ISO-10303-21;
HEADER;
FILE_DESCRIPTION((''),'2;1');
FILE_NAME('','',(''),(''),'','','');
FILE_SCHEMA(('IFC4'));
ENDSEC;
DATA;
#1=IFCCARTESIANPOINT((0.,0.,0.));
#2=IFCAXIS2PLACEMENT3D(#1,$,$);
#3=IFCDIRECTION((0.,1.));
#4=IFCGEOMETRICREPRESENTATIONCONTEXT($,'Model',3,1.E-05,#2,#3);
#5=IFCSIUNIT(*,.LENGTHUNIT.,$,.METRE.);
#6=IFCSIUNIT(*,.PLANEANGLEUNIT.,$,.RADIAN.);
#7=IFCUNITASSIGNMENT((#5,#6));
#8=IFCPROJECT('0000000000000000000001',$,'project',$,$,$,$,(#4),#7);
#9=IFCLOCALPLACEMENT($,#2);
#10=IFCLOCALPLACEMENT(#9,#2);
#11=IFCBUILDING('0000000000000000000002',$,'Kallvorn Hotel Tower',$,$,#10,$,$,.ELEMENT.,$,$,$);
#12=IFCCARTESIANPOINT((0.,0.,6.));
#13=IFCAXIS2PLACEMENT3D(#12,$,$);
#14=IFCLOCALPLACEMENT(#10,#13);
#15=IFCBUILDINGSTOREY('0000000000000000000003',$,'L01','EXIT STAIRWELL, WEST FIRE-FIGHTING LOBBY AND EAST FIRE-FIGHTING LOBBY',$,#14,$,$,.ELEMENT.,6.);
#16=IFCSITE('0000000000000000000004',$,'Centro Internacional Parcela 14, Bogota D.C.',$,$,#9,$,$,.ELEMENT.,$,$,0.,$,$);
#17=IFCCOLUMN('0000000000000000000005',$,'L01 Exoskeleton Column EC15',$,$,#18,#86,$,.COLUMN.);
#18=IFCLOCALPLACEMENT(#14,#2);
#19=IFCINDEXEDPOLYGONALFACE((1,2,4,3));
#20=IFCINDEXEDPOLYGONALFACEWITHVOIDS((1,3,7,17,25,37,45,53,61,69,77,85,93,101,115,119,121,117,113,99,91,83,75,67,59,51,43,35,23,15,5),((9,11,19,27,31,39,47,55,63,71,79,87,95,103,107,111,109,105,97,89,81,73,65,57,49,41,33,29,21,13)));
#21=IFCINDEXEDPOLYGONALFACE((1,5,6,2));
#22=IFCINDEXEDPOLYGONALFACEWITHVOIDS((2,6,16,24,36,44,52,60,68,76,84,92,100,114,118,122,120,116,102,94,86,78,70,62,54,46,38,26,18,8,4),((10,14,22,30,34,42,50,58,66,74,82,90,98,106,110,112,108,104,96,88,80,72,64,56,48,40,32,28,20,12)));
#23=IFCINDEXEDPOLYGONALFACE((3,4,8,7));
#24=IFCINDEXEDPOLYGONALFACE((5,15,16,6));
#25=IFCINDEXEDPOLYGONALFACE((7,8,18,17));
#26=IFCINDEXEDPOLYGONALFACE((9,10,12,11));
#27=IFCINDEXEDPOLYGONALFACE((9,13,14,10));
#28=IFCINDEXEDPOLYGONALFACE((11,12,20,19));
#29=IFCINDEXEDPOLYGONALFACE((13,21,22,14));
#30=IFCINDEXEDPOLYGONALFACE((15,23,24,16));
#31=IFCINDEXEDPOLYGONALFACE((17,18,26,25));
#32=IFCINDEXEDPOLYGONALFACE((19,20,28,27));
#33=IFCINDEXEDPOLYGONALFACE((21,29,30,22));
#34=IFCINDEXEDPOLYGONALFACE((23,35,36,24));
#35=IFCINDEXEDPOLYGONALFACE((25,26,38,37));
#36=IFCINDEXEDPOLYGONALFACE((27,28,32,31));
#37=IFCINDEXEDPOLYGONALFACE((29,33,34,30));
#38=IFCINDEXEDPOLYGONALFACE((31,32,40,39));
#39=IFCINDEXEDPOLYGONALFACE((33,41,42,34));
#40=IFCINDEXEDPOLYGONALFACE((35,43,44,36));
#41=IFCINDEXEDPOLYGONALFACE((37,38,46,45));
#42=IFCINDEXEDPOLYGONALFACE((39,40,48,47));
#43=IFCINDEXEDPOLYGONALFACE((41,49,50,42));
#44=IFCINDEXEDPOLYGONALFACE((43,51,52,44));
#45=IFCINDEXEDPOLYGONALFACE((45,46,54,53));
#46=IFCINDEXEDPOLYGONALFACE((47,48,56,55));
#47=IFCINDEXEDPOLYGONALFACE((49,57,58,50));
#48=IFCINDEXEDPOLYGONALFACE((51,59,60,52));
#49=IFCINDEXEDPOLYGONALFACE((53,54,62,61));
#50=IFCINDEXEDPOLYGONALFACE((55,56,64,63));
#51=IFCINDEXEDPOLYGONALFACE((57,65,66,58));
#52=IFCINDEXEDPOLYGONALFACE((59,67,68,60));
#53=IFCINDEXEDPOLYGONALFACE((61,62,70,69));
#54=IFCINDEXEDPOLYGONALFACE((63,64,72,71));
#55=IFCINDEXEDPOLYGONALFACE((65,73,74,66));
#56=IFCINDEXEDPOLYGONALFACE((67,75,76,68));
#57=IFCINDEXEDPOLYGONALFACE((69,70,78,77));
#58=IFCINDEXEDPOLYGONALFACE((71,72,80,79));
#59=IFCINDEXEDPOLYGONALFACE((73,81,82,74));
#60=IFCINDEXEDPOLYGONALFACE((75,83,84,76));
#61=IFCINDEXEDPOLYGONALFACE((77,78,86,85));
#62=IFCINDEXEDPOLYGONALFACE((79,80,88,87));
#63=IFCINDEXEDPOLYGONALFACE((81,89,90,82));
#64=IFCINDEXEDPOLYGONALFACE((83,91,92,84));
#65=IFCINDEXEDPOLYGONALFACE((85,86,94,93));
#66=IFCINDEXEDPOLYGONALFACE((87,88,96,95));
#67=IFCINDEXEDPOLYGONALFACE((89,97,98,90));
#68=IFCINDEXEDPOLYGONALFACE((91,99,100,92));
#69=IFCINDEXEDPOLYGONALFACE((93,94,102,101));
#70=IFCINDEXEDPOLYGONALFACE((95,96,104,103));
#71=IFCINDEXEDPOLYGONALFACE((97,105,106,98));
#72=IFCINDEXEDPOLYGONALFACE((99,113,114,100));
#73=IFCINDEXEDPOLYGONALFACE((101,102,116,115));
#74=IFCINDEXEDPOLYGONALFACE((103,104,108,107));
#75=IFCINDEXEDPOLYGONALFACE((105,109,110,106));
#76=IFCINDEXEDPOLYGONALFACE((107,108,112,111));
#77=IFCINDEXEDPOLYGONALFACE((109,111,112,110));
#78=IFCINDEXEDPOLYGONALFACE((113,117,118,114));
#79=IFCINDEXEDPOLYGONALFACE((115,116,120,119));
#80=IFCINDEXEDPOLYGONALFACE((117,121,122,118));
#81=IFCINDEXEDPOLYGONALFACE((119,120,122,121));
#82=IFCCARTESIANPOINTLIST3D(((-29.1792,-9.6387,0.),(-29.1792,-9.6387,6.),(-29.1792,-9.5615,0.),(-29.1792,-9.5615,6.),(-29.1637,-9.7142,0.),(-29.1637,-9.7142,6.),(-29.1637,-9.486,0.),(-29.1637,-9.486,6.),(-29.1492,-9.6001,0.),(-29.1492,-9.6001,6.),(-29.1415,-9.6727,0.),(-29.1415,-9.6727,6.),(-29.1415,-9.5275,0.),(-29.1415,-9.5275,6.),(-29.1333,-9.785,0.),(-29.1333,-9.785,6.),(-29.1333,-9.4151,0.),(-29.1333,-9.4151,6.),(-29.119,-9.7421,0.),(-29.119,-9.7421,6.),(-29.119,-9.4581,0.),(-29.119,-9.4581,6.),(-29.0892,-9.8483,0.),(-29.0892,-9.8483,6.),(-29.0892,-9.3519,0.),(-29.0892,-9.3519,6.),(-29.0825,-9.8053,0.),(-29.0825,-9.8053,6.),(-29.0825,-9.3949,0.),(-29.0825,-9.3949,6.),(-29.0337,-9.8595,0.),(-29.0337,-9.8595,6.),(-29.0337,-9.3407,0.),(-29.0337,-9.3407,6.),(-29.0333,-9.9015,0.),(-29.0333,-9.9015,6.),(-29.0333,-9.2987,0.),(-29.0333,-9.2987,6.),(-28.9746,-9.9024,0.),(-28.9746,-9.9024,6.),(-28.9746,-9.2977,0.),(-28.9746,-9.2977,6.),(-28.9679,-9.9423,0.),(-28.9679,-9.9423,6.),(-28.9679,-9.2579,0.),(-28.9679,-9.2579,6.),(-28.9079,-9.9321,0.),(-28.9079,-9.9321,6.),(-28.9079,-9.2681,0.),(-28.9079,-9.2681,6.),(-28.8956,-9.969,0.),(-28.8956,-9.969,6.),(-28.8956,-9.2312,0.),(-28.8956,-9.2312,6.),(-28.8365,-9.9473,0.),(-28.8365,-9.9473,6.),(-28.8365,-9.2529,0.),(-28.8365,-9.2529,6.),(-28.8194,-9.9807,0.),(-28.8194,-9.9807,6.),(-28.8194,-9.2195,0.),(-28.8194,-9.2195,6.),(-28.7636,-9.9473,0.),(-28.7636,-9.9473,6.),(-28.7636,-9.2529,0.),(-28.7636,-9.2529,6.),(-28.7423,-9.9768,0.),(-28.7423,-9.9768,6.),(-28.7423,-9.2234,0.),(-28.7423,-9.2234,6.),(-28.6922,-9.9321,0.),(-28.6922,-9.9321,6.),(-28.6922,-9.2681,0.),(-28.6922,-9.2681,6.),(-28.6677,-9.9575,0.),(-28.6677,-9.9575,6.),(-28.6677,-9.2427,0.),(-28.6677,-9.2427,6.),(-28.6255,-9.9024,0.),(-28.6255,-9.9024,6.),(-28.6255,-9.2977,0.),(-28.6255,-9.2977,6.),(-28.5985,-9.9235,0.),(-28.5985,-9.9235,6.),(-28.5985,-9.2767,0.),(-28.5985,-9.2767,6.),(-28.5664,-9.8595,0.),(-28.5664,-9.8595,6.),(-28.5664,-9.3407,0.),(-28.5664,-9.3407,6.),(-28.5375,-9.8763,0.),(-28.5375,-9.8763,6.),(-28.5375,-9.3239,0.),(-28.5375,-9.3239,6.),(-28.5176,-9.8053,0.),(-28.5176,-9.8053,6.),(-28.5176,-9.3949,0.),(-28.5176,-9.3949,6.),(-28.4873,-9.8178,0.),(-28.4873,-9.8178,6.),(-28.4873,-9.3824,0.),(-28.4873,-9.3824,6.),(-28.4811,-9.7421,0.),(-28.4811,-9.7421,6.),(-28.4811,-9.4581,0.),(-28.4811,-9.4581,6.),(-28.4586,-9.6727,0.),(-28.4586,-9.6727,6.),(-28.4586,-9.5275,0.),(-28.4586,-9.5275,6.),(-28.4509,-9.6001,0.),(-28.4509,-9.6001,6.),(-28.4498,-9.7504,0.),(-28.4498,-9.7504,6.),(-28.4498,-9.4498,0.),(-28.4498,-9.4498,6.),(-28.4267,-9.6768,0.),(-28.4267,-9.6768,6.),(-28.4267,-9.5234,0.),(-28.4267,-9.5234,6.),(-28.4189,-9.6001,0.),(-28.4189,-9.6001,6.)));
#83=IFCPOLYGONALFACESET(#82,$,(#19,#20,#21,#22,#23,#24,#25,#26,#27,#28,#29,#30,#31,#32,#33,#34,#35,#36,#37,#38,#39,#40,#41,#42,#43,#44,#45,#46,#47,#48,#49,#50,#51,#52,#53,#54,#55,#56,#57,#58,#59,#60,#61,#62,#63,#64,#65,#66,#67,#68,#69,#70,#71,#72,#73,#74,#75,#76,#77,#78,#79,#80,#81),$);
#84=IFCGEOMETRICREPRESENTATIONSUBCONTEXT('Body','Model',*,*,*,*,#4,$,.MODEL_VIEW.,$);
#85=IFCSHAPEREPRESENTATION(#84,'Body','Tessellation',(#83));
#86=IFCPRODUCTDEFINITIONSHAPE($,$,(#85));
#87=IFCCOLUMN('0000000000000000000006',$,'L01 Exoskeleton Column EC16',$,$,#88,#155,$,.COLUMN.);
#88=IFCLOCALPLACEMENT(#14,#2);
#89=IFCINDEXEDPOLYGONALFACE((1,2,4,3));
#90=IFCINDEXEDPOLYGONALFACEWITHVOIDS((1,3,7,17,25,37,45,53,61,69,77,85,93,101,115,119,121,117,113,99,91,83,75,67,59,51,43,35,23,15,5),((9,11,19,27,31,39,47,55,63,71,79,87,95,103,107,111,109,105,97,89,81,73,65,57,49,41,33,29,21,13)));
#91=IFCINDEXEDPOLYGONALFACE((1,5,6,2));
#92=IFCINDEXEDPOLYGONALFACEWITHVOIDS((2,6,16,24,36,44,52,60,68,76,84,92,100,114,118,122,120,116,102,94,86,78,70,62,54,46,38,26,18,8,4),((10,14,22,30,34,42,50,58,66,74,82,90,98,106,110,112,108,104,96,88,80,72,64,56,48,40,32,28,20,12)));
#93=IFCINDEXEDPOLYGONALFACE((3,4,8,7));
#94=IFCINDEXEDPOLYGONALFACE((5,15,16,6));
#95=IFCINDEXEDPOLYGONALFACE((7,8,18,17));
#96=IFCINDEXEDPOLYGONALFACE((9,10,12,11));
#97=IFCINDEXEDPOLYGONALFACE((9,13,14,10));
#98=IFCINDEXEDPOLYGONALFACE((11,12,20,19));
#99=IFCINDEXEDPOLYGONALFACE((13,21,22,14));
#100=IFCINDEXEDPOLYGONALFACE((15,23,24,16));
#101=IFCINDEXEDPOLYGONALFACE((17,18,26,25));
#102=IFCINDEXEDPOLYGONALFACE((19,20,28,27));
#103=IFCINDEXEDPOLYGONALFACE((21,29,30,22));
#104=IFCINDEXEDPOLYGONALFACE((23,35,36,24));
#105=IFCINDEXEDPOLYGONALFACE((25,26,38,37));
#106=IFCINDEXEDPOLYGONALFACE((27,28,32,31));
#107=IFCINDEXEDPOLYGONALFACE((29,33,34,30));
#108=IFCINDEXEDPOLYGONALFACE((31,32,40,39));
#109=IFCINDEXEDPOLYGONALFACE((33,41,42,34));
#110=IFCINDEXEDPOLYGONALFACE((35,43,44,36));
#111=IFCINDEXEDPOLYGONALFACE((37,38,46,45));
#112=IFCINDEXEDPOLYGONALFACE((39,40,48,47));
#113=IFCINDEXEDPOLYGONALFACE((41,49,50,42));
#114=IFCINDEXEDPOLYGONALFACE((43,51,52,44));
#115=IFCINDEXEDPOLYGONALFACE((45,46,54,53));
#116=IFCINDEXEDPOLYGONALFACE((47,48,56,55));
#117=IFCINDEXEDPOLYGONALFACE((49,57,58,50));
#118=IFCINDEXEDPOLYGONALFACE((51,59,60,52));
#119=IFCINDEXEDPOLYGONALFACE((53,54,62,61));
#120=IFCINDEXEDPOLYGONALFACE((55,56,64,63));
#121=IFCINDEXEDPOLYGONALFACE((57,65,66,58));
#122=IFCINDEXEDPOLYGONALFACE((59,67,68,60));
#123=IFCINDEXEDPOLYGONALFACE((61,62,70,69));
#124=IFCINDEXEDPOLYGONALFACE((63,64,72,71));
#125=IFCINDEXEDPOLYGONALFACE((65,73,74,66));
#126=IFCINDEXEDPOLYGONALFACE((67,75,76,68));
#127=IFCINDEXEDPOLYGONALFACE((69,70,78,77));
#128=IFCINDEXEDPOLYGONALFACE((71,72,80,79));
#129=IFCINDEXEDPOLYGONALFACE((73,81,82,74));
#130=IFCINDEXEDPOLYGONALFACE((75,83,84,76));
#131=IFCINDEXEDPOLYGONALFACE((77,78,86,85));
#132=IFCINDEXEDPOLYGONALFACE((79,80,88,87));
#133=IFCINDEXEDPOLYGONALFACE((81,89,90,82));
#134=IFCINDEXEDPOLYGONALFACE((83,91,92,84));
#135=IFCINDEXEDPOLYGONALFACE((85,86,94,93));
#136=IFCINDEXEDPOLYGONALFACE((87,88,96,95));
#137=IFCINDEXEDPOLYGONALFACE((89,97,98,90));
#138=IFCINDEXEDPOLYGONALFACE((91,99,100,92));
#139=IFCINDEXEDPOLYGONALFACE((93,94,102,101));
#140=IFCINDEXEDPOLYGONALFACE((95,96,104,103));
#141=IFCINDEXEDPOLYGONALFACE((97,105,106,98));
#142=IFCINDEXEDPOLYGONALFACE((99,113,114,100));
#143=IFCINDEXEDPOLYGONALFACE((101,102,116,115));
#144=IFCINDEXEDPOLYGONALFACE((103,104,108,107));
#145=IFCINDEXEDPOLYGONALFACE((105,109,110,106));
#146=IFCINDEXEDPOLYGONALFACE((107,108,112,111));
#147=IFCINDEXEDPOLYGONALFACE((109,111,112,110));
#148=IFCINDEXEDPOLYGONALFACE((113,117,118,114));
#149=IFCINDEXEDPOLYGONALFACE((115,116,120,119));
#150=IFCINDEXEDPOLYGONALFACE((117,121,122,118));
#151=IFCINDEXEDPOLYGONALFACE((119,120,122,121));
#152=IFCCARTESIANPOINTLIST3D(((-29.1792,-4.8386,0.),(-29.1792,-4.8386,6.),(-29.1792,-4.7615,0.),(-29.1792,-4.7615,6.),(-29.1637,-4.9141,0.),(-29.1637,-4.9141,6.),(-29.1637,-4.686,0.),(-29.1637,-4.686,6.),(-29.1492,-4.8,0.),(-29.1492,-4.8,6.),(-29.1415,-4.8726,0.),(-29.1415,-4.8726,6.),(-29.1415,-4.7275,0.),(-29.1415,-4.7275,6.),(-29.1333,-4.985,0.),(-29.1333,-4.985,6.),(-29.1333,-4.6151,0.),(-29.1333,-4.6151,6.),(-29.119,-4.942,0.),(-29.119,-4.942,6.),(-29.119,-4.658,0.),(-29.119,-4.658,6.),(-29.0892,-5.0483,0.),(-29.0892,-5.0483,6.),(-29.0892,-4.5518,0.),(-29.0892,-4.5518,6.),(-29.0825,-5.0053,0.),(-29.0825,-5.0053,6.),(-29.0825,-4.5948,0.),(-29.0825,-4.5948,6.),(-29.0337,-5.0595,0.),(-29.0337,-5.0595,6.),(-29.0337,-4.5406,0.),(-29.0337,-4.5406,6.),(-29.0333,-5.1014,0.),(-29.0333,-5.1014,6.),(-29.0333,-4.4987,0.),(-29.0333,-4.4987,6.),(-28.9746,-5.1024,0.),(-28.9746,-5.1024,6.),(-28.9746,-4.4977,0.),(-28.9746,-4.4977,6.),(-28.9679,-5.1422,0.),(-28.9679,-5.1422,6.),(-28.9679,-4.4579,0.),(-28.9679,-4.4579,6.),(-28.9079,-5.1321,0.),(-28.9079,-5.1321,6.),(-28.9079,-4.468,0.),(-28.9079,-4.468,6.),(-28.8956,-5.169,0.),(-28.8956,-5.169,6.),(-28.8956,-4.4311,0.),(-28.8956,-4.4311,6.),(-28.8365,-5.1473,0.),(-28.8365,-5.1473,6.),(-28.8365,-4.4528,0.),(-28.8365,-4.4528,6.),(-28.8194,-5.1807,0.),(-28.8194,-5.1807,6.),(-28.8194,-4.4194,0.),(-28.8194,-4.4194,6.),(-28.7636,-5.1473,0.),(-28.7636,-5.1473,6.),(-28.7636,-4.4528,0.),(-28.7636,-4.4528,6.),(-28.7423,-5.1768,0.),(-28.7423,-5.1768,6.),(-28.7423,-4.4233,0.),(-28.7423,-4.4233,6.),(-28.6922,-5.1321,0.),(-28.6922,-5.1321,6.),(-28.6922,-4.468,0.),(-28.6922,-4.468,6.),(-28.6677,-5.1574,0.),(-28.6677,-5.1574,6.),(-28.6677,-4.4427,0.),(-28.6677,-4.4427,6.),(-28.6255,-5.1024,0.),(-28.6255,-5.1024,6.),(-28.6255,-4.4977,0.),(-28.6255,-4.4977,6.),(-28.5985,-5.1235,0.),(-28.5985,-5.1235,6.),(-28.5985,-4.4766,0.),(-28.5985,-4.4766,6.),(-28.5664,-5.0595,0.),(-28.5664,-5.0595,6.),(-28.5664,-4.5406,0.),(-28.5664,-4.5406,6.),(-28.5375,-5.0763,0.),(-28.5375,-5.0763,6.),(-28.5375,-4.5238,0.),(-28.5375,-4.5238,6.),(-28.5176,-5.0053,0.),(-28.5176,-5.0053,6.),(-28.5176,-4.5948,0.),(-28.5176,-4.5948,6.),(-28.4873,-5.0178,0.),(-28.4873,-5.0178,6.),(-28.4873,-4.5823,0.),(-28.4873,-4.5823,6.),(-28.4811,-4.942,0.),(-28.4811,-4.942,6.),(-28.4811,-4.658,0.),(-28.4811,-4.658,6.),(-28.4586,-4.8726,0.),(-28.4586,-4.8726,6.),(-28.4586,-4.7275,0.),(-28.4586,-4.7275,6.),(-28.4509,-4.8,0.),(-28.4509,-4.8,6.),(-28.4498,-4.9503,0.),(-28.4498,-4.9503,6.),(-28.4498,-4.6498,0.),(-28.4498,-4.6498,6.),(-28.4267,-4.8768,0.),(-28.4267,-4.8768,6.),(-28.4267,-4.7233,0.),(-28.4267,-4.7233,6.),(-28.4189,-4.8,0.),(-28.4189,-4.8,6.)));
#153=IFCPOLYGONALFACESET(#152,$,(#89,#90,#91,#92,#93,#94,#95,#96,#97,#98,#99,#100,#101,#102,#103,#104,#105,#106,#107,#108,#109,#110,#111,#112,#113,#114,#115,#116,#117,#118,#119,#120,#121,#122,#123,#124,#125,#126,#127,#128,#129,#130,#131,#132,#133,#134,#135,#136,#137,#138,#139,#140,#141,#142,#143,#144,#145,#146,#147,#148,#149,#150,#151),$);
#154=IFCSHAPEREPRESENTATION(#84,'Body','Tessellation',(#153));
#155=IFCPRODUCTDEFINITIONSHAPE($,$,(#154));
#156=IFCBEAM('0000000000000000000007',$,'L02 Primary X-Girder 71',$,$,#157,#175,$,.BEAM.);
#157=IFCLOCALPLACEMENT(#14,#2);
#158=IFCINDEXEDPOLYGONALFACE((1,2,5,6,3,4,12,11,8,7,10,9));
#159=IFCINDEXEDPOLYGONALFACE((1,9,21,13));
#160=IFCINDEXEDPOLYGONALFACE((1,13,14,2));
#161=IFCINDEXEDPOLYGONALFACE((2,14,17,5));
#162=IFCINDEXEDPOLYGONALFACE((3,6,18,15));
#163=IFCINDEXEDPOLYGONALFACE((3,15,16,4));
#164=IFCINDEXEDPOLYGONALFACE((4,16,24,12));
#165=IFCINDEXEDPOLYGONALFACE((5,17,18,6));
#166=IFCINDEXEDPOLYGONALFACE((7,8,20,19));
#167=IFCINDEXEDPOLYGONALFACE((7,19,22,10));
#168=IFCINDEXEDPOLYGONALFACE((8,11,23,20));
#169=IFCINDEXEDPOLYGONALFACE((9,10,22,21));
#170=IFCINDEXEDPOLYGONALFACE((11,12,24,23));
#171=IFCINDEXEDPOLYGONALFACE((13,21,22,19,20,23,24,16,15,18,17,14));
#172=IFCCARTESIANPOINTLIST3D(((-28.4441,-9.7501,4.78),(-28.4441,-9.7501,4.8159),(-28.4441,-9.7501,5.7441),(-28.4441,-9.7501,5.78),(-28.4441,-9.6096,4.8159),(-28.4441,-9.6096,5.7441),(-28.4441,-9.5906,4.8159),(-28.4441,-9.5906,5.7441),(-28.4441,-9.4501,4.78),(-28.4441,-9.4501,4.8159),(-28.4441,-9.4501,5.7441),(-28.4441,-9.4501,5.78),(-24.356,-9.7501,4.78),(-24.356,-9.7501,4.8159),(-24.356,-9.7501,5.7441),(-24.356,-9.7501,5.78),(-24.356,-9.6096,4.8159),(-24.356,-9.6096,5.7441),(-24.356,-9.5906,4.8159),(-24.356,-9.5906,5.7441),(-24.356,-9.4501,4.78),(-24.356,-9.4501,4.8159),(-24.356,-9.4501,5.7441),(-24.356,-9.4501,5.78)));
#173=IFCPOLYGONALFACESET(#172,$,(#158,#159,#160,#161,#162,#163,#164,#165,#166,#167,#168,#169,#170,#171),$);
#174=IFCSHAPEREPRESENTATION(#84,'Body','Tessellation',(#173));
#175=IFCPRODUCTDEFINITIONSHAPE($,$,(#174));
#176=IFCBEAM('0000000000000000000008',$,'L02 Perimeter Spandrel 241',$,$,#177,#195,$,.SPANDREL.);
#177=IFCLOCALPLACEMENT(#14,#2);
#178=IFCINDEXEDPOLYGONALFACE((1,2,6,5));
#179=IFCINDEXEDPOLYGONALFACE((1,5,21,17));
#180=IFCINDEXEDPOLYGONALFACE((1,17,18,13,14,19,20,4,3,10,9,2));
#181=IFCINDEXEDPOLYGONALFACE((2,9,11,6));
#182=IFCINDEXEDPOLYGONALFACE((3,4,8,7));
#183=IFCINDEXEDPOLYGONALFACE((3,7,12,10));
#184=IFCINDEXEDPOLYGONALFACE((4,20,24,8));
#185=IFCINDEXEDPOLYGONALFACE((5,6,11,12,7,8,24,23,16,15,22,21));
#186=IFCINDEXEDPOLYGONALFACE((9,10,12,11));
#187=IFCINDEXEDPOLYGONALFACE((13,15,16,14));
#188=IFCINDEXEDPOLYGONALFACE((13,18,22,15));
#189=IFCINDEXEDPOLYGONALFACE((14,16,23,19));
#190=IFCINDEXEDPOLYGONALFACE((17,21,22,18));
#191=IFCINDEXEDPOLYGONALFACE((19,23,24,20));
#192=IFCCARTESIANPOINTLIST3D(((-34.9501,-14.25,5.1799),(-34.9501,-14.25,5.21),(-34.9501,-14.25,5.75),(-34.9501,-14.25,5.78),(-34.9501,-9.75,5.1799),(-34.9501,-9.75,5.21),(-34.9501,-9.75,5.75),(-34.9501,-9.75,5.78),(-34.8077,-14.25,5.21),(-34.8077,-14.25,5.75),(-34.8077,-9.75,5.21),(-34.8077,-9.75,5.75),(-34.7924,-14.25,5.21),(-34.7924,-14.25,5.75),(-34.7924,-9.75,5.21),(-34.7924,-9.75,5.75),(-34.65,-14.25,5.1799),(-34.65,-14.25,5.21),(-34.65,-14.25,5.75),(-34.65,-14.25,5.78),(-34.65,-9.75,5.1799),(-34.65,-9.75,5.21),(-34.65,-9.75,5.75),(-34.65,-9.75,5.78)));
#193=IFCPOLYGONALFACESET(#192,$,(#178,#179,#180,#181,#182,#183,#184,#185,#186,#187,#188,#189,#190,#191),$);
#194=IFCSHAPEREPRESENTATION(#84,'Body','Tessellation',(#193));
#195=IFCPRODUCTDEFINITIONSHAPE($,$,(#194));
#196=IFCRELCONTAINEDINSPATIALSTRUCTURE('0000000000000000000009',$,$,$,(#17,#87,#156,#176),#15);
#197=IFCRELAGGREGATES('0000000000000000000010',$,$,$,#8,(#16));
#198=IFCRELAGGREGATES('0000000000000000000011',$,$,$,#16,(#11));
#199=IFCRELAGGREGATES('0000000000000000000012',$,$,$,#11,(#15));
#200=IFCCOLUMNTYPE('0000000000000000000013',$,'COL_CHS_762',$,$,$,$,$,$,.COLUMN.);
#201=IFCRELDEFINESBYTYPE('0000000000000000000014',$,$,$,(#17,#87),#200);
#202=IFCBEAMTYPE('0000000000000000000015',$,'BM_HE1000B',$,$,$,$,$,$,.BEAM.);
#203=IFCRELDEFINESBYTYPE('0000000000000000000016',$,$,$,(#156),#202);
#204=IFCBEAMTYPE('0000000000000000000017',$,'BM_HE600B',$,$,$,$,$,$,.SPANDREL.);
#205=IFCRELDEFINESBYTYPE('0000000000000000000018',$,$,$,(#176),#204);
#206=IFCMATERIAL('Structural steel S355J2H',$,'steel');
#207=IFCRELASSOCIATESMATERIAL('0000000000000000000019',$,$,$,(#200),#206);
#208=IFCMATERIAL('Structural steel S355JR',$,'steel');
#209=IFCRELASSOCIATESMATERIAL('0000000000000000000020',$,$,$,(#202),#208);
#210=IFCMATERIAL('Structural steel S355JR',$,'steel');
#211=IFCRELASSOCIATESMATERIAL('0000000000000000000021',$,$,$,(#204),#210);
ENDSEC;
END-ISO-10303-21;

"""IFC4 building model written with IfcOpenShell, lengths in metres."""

from ifc_helpers import new_model, si_unit, direction, frame, origin, origin_2d, place, context, subcontext, project, spatial, hollow_circle, i_section, extrude, material, material_profile, profile_set, type_object, element, save


model = new_model("IFC4")

# Units and contexts
model_context = context("Model", 3, precision=1e-05, world=origin(), true_north=direction((0.0, 1.0)))
body_context = subcontext(model_context, "Body", "Model", "MODEL_VIEW")
ifc_project = project(units=[si_unit("LENGTHUNIT", "METRE"), si_unit("PLANEANGLEUNIT", "RADIAN")], contexts=[model_context])

# Site, building, storey
site_placement = place(None, origin())
site = spatial("IfcSite", under=ifc_project, at=site_placement, Name="Centro Internacional Parcela 14, Bogota D.C.", CompositionType="ELEMENT", RefElevation=0.0)
building_placement = place(site_placement, origin())
building = spatial("IfcBuilding", under=site, at=building_placement, Name="Kallvorn Hotel Tower", CompositionType="ELEMENT")
storey_placement = place(building_placement, frame((0.0, 0.0, 6.0)))
storey = spatial("IfcBuildingStorey", under=building, at=storey_placement, Name="L01", Description="EXIT STAIRWELL, WEST FIRE-FIGHTING LOBBY AND EAST FIRE-FIGHTING LOBBY", CompositionType="ELEMENT", Elevation=6.0)

# Columns
ifc_material_1 = material(Name="Structural steel S355J2H", Category="steel")
ifc_material_profile_1 = material_profile(ifc_material_1, hollow_circle(Radius=0.3811, WallThickness=0.032, at=origin_2d()), Name="CHS 762x32")
ifc_profile_set_1 = profile_set([ifc_material_profile_1], Name="Structural steel S355J2H")
column_type = type_object("IfcColumnType", Name="COL_CHS_762", PredefinedType="COLUMN", material=ifc_profile_set_1)
for number, where, z_axis, x_axis, name in (
    (1, (-28.8, -9.6001, 0.0), (0.0, 0.0, 1.0), (1.0, 0.0, 0.0), "L01 Exoskeleton Column EC15"),
    (2, (-28.8, -4.8, 0.0), (0.0, 0.0, 1.0), (1.0, 0.0, 0.0), "L01 Exoskeleton Column EC16"),
):
    element("IfcColumn", number, at=place(storey_placement, frame(where, z_axis=z_axis, x_axis=x_axis)), inside=storey, type_object=column_type, Name=name, PredefinedType="COLUMN", context=body_context, shape_type="SweptSolid", body=[
        extrude(hollow_circle(Radius=0.3811, WallThickness=0.032, at=origin_2d()), origin(), (0.0, 0.0, 1.0), 6.0),
    ])

# Beams
ifc_material_2 = material(Name="Structural steel S355JR", Category="steel")
ifc_material_profile_2 = material_profile(ifc_material_2, i_section(OverallWidth=0.3, OverallDepth=1.0, WebThickness=0.019, FlangeThickness=0.0359, at=origin_2d()), Name="HE 1000 B")
ifc_profile_set_2 = profile_set([ifc_material_profile_2], Name="Structural steel S355JR")
beam_type_1 = type_object("IfcBeamType", Name="BM_HE1000B", PredefinedType="BEAM", material=ifc_profile_set_2)
beam_1_placement = place(storey_placement, frame((-28.4441, -9.6001, 5.28), z_axis=(1.0, 0.0, 0.0), x_axis=(0.0, 1.0, 0.0)))
element("IfcBeam", 3, at=beam_1_placement, inside=storey, type_object=beam_type_1, Name="L02 Primary X-Girder 71", PredefinedType="BEAM", context=body_context, shape_type="SweptSolid", body=[
    extrude(i_section(OverallWidth=0.3, OverallDepth=1.0, WebThickness=0.019, FlangeThickness=0.0359, at=origin_2d()), origin(), (0.0, 0.0, 1.0), 4.0881),
])
ifc_material_3 = material(Name="Structural steel S355JR", Category="steel")
ifc_material_profile_3 = material_profile(ifc_material_3, i_section(OverallWidth=0.3, OverallDepth=0.6001, WebThickness=0.0154, FlangeThickness=0.03, at=origin_2d()), Name="HE 600 B")
ifc_profile_set_3 = profile_set([ifc_material_profile_3], Name="Structural steel S355JR")
beam_type_2 = type_object("IfcBeamType", Name="BM_HE600B", PredefinedType="SPANDREL", material=ifc_profile_set_3)
for number, where, z_axis, x_axis, name in (
    (4, (-34.8, -14.25, 5.48), (0.0, 1.0, 0.0), (-1.0, 0.0, 0.0), "L02 Perimeter Spandrel 241"),
):
    element("IfcBeam", number, at=place(storey_placement, frame(where, z_axis=z_axis, x_axis=x_axis)), inside=storey, type_object=beam_type_2, Name=name, PredefinedType="SPANDREL", context=body_context, shape_type="SweptSolid", body=[
        extrude(i_section(OverallWidth=0.3, OverallDepth=0.6001, WebThickness=0.0154, FlangeThickness=0.03, at=origin_2d()), origin(), (0.0, 0.0, 1.0), 4.5),
    ])

save(model, "model.ifc")
